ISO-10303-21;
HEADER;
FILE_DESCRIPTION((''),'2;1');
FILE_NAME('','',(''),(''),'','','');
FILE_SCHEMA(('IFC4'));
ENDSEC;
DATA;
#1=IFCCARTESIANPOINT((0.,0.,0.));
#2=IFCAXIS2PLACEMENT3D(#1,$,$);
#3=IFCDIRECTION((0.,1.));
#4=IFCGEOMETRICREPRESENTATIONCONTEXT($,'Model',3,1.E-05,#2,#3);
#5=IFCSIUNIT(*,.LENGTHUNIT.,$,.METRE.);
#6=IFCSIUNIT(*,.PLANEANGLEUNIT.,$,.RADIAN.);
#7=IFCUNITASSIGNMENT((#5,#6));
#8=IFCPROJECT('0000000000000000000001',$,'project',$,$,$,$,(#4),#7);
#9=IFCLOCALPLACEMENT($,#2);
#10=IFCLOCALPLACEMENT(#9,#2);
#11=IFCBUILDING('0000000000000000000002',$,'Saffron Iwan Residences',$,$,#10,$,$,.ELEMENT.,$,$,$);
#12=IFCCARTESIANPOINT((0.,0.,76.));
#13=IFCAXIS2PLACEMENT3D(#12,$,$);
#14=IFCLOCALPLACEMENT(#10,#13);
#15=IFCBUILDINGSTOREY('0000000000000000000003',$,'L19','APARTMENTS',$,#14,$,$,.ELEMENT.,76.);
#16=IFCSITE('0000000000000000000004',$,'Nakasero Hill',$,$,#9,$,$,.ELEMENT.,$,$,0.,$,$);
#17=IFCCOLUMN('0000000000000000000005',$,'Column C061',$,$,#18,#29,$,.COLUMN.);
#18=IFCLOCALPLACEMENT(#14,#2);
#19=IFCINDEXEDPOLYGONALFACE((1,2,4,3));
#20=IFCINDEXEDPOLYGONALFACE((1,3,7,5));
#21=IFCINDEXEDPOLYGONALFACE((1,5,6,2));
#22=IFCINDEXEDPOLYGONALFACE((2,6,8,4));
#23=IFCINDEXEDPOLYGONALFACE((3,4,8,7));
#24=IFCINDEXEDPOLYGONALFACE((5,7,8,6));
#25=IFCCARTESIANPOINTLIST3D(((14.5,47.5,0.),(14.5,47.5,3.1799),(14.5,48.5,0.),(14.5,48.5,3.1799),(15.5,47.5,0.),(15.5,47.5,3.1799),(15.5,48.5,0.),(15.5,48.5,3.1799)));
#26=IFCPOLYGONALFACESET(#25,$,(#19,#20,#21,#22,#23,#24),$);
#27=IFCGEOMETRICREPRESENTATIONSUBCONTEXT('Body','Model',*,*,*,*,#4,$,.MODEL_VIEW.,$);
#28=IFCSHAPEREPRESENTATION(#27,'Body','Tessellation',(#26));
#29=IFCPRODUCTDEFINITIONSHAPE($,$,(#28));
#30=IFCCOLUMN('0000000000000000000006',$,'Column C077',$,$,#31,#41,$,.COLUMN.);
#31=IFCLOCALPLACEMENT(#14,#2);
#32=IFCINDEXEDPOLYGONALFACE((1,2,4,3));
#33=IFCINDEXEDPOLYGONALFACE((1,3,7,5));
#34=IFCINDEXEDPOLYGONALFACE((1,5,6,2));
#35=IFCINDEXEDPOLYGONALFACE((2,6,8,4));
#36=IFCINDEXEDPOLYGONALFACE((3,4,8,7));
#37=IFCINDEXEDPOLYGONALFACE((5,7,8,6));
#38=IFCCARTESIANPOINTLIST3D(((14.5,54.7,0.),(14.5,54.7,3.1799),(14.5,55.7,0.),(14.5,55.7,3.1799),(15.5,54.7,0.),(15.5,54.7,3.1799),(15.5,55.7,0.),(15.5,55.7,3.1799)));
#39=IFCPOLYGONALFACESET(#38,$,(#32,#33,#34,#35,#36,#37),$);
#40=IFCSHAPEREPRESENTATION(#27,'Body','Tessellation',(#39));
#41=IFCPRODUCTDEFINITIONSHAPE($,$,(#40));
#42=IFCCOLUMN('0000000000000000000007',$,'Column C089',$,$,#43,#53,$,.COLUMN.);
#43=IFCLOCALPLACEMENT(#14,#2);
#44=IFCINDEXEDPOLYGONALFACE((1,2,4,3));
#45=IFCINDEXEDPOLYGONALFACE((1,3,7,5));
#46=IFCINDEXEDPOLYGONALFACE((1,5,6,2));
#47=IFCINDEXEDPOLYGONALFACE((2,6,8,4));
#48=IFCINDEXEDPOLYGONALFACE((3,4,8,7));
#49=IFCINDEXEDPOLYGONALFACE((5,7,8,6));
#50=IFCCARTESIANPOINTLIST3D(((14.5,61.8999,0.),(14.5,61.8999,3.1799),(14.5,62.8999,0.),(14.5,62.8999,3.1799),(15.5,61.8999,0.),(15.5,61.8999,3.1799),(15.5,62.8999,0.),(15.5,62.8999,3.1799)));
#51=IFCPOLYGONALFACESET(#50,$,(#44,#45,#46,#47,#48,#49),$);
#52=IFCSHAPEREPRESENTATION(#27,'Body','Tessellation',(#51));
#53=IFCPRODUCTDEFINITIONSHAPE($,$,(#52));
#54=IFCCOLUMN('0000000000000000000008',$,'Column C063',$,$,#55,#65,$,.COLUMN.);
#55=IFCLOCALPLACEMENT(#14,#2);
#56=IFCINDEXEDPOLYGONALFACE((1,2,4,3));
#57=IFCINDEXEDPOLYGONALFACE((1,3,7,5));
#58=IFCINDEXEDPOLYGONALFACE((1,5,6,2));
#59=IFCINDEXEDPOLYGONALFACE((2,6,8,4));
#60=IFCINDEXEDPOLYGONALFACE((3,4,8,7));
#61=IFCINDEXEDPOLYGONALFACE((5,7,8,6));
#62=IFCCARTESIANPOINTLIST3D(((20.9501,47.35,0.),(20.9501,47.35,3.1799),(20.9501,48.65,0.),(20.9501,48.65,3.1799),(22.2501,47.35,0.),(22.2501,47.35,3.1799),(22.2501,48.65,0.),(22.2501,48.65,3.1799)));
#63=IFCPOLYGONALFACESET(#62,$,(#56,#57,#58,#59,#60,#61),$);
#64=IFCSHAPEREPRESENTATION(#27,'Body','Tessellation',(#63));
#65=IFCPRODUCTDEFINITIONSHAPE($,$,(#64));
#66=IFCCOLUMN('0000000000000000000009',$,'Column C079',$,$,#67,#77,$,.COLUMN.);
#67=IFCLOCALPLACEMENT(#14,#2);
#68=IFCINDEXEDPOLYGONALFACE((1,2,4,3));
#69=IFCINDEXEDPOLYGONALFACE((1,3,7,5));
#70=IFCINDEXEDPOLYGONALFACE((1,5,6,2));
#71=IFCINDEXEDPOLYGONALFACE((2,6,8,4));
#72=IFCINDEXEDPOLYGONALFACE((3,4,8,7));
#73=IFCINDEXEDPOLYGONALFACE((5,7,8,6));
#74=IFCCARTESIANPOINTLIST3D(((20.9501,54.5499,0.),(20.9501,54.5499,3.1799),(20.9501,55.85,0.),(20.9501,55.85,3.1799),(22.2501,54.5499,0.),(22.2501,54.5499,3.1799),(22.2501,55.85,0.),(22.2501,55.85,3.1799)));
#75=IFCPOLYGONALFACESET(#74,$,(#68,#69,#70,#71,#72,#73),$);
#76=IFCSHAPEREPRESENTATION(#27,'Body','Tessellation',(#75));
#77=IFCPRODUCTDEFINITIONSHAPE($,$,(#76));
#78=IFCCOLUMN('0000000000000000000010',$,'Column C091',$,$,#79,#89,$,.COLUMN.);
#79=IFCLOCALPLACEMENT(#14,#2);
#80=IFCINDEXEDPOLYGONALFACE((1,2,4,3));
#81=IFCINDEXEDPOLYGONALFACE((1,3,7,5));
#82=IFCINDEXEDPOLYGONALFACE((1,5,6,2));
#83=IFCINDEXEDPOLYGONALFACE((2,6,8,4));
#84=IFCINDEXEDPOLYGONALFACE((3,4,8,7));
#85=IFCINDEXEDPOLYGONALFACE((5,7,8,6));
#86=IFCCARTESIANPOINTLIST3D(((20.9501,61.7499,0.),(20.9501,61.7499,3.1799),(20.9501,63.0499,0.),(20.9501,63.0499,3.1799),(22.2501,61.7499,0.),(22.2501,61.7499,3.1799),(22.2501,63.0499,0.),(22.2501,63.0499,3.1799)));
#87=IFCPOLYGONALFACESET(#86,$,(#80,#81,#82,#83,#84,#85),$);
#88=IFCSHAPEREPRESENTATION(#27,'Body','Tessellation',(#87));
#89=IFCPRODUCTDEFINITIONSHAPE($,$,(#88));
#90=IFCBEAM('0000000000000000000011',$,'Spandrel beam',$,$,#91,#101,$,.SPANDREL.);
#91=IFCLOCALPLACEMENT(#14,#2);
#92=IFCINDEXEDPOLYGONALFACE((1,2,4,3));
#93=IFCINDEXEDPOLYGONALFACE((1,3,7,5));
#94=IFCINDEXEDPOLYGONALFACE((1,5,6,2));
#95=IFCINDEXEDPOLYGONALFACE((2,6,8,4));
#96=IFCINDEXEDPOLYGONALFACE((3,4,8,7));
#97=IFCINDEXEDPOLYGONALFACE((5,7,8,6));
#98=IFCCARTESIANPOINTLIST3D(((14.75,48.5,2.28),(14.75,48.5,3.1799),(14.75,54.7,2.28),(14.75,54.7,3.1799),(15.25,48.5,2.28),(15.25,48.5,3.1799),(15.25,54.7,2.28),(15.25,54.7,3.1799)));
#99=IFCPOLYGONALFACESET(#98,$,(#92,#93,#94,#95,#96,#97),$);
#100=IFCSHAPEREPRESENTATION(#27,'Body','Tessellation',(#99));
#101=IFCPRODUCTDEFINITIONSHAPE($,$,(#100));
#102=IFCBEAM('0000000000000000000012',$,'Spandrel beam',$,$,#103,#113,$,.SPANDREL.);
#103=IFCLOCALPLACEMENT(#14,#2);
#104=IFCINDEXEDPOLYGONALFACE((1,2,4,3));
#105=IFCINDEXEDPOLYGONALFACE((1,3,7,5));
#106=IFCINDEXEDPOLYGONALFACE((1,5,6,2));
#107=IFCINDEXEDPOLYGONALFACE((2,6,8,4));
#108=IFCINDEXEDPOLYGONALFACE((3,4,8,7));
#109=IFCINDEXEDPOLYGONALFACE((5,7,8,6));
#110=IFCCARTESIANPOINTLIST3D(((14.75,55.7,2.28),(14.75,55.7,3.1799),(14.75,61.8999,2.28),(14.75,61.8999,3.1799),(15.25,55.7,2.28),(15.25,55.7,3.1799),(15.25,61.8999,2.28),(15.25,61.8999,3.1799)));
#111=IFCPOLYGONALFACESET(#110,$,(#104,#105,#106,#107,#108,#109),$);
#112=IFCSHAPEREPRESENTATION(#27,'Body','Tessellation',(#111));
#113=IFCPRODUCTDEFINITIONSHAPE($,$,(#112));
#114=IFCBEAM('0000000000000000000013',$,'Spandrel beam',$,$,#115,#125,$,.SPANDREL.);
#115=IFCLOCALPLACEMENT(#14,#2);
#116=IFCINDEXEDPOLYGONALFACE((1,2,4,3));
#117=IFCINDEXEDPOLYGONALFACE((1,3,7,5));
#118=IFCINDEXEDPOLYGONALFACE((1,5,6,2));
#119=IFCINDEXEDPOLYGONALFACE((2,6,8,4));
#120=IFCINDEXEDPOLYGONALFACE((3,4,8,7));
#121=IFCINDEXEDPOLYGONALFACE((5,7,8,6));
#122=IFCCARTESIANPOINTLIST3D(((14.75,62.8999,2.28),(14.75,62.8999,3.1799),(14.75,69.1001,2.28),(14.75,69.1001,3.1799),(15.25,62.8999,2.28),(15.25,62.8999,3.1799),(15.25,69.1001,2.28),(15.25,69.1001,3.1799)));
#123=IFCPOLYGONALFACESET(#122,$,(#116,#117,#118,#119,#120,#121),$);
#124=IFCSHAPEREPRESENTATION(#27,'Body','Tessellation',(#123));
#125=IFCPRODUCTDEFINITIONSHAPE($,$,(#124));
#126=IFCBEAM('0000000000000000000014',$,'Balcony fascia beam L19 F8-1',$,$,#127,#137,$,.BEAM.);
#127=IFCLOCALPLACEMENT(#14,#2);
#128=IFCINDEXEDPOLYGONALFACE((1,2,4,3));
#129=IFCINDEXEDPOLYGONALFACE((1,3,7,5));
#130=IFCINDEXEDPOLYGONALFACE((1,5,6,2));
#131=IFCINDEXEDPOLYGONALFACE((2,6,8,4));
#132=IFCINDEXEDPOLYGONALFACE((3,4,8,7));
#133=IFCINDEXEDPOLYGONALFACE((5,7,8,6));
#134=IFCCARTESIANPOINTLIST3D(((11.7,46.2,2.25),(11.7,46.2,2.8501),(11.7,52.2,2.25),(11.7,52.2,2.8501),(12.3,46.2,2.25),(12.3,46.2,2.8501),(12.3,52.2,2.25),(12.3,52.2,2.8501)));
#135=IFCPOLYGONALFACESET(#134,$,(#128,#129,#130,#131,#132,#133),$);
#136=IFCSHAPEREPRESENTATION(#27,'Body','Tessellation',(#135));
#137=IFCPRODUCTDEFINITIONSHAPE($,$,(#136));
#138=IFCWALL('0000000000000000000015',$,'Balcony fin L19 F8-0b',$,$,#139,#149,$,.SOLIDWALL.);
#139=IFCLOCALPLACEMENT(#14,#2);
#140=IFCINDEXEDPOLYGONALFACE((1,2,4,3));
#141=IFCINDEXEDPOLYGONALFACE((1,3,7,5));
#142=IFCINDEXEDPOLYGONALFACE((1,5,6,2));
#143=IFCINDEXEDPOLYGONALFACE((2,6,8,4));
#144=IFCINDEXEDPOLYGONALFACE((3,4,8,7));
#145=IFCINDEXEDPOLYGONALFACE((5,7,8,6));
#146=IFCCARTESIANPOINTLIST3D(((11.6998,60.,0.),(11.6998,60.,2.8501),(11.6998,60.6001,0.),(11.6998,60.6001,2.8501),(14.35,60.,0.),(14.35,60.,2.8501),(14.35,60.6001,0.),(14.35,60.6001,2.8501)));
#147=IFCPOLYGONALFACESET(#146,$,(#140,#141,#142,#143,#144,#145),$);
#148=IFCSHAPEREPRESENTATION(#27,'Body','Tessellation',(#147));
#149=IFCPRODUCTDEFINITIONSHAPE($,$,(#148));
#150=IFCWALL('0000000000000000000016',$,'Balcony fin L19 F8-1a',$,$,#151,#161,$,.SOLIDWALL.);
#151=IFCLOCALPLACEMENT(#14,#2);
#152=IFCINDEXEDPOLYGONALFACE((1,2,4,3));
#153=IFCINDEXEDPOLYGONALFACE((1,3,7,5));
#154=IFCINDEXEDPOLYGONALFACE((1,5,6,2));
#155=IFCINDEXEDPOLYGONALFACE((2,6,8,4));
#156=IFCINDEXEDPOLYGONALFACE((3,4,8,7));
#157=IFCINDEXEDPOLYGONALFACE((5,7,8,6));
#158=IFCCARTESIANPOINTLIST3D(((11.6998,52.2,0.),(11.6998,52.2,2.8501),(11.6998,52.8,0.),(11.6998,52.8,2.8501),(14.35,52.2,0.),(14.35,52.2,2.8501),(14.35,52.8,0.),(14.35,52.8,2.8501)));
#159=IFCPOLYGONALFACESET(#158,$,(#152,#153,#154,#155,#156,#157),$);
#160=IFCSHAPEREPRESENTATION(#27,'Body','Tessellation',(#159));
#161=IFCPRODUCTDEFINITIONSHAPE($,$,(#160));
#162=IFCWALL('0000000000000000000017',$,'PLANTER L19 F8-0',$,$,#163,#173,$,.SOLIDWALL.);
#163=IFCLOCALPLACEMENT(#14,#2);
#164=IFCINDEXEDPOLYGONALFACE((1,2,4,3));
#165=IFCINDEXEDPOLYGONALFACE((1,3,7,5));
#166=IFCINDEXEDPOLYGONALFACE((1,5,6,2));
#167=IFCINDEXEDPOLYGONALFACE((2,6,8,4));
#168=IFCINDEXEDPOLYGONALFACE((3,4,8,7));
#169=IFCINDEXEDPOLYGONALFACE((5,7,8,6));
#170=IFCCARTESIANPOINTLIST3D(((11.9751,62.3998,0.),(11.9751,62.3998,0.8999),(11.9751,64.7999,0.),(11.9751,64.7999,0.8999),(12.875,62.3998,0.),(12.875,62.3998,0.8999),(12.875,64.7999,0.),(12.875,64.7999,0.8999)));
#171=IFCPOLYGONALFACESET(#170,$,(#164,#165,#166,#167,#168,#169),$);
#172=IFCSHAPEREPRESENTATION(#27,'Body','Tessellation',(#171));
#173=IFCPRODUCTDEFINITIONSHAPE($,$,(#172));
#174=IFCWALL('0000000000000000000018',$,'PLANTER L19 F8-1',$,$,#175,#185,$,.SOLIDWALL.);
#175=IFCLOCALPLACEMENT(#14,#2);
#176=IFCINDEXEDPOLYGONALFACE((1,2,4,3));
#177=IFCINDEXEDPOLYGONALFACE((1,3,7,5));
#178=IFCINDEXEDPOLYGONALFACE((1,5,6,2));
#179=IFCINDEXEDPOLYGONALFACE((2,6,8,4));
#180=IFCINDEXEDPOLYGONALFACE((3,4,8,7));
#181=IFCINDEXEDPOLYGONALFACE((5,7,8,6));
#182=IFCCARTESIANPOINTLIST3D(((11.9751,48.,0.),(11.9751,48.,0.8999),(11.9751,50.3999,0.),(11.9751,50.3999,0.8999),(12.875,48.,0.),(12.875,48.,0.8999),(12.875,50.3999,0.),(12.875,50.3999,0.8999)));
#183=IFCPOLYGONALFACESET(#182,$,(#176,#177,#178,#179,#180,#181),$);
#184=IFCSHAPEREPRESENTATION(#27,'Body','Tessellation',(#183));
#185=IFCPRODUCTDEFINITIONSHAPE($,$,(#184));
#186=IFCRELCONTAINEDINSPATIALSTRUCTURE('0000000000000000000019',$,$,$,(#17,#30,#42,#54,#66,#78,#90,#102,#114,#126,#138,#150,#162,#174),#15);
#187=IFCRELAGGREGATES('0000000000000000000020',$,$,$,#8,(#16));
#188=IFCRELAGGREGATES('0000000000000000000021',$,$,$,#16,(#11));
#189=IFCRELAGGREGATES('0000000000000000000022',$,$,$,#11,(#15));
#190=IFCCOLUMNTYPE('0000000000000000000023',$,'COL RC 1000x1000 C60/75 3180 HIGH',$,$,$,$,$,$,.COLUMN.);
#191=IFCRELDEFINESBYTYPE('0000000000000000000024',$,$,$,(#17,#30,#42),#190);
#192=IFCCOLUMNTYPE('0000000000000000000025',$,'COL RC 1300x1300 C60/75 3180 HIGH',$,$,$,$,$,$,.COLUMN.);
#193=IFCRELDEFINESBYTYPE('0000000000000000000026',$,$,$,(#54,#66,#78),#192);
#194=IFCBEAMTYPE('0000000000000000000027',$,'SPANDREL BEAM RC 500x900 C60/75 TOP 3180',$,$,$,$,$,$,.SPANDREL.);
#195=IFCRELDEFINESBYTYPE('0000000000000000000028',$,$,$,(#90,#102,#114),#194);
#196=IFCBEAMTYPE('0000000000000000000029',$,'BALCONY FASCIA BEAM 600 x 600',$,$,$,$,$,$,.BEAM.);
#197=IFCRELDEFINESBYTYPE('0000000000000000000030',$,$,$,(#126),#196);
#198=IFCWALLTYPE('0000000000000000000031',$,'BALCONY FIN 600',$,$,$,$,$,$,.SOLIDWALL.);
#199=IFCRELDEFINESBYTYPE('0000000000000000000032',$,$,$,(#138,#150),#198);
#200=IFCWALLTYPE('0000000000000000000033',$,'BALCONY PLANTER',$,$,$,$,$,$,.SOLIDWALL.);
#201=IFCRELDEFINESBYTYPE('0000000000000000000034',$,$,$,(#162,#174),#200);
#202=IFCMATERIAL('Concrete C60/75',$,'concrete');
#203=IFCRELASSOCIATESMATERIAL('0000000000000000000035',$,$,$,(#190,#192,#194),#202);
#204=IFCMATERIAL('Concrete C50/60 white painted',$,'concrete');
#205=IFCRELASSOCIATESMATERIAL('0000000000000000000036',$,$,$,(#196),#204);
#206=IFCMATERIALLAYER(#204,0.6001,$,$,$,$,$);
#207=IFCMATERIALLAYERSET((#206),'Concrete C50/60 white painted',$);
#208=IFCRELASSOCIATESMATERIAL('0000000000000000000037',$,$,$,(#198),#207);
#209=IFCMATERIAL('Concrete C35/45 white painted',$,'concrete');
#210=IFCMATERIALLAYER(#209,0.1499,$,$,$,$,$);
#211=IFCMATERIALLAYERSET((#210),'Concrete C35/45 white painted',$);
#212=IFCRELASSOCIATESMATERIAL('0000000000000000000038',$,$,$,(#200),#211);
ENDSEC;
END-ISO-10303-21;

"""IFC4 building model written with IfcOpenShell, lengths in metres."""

from ifc_helpers import new_model, si_unit, direction, frame, frame_2d, origin, origin_2d, place, context, subcontext, project, spatial, rectangle, extrude, source, transform, mapped, material, layer, layer_set, material_profile, profile_set, type_object, element, save


model = new_model("IFC4")

# Units and contexts
model_context = context("Model", 3, precision=1e-05, world=origin(), true_north=direction((0.0, 1.0)))
body_context = subcontext(model_context, "Body", "Model", "MODEL_VIEW")
ifc_project = project(units=[si_unit("LENGTHUNIT", "METRE"), si_unit("PLANEANGLEUNIT", "RADIAN")], contexts=[model_context])

# Site, building, storey
site_placement = place(None, origin())
site = spatial("IfcSite", under=ifc_project, at=site_placement, Name="Nakasero Hill", CompositionType="ELEMENT", RefElevation=0.0)
building_placement = place(site_placement, origin())
building = spatial("IfcBuilding", under=site, at=building_placement, Name="Saffron Iwan Residences", CompositionType="ELEMENT")
storey_placement = place(building_placement, frame((0.0, 0.0, 76.0)))
storey = spatial("IfcBuildingStorey", under=building, at=storey_placement, Name="L19", Description="APARTMENTS", CompositionType="ELEMENT", Elevation=76.0)

# Columns
ifc_material_1 = material(Name="Concrete C60/75", Category="concrete")
ifc_material_profile_1 = material_profile(ifc_material_1, rectangle(XDim=1.0, YDim=1.0, at=origin_2d()), Name="RC 1000x1000")
ifc_profile_set_1 = profile_set([ifc_material_profile_1], Name="Concrete C60/75")
column_type_1 = type_object("IfcColumnType", Name="COL RC 1000x1000 C60/75 3180 HIGH", PredefinedType="COLUMN", material=ifc_profile_set_1)
shared_shape_1 = source(origin(), body_context, "Body", "SweptSolid", [
    extrude(rectangle(XDim=1.0, YDim=1.0, at=origin_2d()), origin(), (0.0, 0.0, 1.0), 3.1799),
])
for number, where, z_axis, x_axis, name in (
    (1, (15.0, 48.0, 0.0), (0.0, 0.0, 1.0), (1.0, 0.0, 0.0), "Column C061"),
    (2, (15.0, 55.2, 0.0), (0.0, 0.0, 1.0), (1.0, 0.0, 0.0), "Column C077"),
    (3, (15.0, 62.3999, 0.0), (0.0, 0.0, 1.0), (1.0, 0.0, 0.0), "Column C089"),
):
    element("IfcColumn", number, at=place(storey_placement, frame(where, z_axis=z_axis, x_axis=x_axis)), inside=storey, type_object=column_type_1, Name=name, PredefinedType="COLUMN", context=body_context, shape_type="MappedRepresentation", body=[
        mapped(shared_shape_1, transform((0.0, 0.0, 0.0))),
    ])
ifc_material_profile_2 = material_profile(ifc_material_1, rectangle(XDim=1.3, YDim=1.3, at=origin_2d()), Name="RC 1300x1300")
ifc_profile_set_2 = profile_set([ifc_material_profile_2], Name="Concrete C60/75")
column_type_2 = type_object("IfcColumnType", Name="COL RC 1300x1300 C60/75 3180 HIGH", PredefinedType="COLUMN", material=ifc_profile_set_2)
shared_shape_2 = source(origin(), body_context, "Body", "SweptSolid", [
    extrude(rectangle(XDim=1.3, YDim=1.3, at=origin_2d()), origin(), (0.0, 0.0, 1.0), 3.1799),
])
for number, where, z_axis, x_axis, name in (
    (4, (21.6001, 48.0, 0.0), (0.0, 0.0, 1.0), (1.0, 0.0, 0.0), "Column C063"),
    (5, (21.6001, 55.2, 0.0), (0.0, 0.0, 1.0), (1.0, 0.0, 0.0), "Column C079"),
    (6, (21.6001, 62.3999, 0.0), (0.0, 0.0, 1.0), (1.0, 0.0, 0.0), "Column C091"),
):
    element("IfcColumn", number, at=place(storey_placement, frame(where, z_axis=z_axis, x_axis=x_axis)), inside=storey, type_object=column_type_2, Name=name, PredefinedType="COLUMN", context=body_context, shape_type="MappedRepresentation", body=[
        mapped(shared_shape_2, transform((0.0, 0.0, 0.0))),
    ])

# Beams
ifc_material_profile_3 = material_profile(ifc_material_1, rectangle(XDim=0.5, YDim=0.8999, at=origin_2d()), Name="RC 500x900")
ifc_profile_set_3 = profile_set([ifc_material_profile_3], Name="Concrete C60/75")
beam_type_1 = type_object("IfcBeamType", Name="SPANDREL BEAM RC 500x900 C60/75 TOP 3180", PredefinedType="SPANDREL", material=ifc_profile_set_3)
shared_shape_3 = source(origin(), body_context, "Body", "SweptSolid", [
    extrude(rectangle(XDim=0.5, YDim=0.8999, at=origin_2d()), origin(), (0.0, 0.0, 1.0), 6.2),
])
for number, where, z_axis, x_axis, name in (
    (7, (15.0, 48.5, 2.73), (0.0, 1.0, 0.0), (-1.0, 0.0, 0.0), "Spandrel beam"),
    (8, (15.0, 55.7, 2.73), (0.0, 1.0, 0.0), (-1.0, 0.0, 0.0), "Spandrel beam"),
):
    element("IfcBeam", number, at=place(storey_placement, frame(where, z_axis=z_axis, x_axis=x_axis)), inside=storey, type_object=beam_type_1, Name=name, PredefinedType="SPANDREL", context=body_context, shape_type="MappedRepresentation", body=[
        mapped(shared_shape_3, transform((0.0, 0.0, 0.0))),
    ])
shared_shape_4 = source(origin(), body_context, "Body", "SweptSolid", [
    extrude(rectangle(XDim=0.5, YDim=0.8999, at=origin_2d()), origin(), (0.0, 0.0, 1.0), 6.2002),
])
beam_1_placement = place(storey_placement, frame((15.0, 62.8999, 2.73), z_axis=(0.0, 1.0, 0.0), x_axis=(-1.0, 0.0, 0.0)))
element("IfcBeam", 9, at=beam_1_placement, inside=storey, type_object=beam_type_1, Name="Spandrel beam", PredefinedType="SPANDREL", context=body_context, shape_type="MappedRepresentation", body=[
    mapped(shared_shape_4, transform((0.0, 0.0, 0.0))),
])
ifc_material_2 = material(Name="Concrete C50/60 white painted", Category="concrete")
ifc_material_profile_4 = material_profile(ifc_material_2, rectangle(XDim=0.6001, YDim=0.6001, at=origin_2d()), Name="BALCONY FASCIA BEAM 600 x 600")
ifc_profile_set_4 = profile_set([ifc_material_profile_4], Name="Concrete C50/60 white painted")
beam_type_2 = type_object("IfcBeamType", Name="BALCONY FASCIA BEAM 600 x 600", PredefinedType="BEAM", material=ifc_profile_set_4)
shared_shape_5 = source(origin(), body_context, "Body", "SweptSolid", [
    extrude(rectangle(XDim=0.6001, YDim=0.6001, at=origin_2d()), origin(), (0.0, 0.0, 1.0), 6.0),
])
beam_2_placement = place(storey_placement, frame((12.0, 52.2, 2.55), z_axis=(0.0, -1.0, 0.0), x_axis=(1.0, 0.0, 0.0)))
element("IfcBeam", 10, at=beam_2_placement, inside=storey, type_object=beam_type_2, Name="Balcony fascia beam L19 F8-1", PredefinedType="BEAM", context=body_context, shape_type="MappedRepresentation", body=[
    mapped(shared_shape_5, transform((0.0, 0.0, 0.0))),
])

# Walls
ifc_layer_1 = layer(ifc_material_2, 0.6001)
ifc_layer_set_1 = layer_set([ifc_layer_1], Name="Concrete C50/60 white painted")
wall_type_1 = type_object("IfcWallType", Name="BALCONY FIN 600", PredefinedType="SOLIDWALL", material=ifc_layer_set_1)
for number, where, z_axis, x_axis, name in (
    (11, (14.3501, 60.3, 0.0), (0.0, 0.0, 1.0), (-1.0, 0.0, 0.0), "Balcony fin L19 F8-0b"),
    (12, (14.3501, 52.5, 0.0), (0.0, 0.0, 1.0), (-1.0, 0.0, 0.0), "Balcony fin L19 F8-1a"),
):
    element("IfcWall", number, at=place(storey_placement, frame(where, z_axis=z_axis, x_axis=x_axis)), inside=storey, type_object=wall_type_1, Name=name, PredefinedType="SOLIDWALL", context=body_context, shape_type="SweptSolid", body=[
        extrude(rectangle(XDim=2.6501, YDim=0.6001, at=frame_2d((1.3252, 0.0))), origin(), (0.0, 0.0, 1.0), 2.8501),
    ])
ifc_material_3 = material(Name="Concrete C35/45 white painted", Category="concrete")
ifc_layer_2 = layer(ifc_material_3, 0.1499)
ifc_layer_set_2 = layer_set([ifc_layer_2], Name="Concrete C35/45 white painted")
wall_type_2 = type_object("IfcWallType", Name="BALCONY PLANTER", PredefinedType="SOLIDWALL", material=ifc_layer_set_2)
wall_1_placement = place(storey_placement, frame((12.425, 64.8, 0.0), z_axis=(0.0, 0.0, 1.0), x_axis=(0.0, -1.0, 0.0)))
element("IfcWall", 13, at=wall_1_placement, inside=storey, type_object=wall_type_2, Name="PLANTER L19 F8-0", PredefinedType="SOLIDWALL", context=body_context, shape_type="SweptSolid", body=[
    extrude(rectangle(XDim=2.4001, YDim=0.8999, at=frame_2d((1.2002, 0.0))), origin(), (0.0, 0.0, 1.0), 0.8999),
])
wall_2_placement = place(storey_placement, frame((12.425, 50.3999, 0.0), z_axis=(0.0, 0.0, 1.0), x_axis=(0.0, -1.0, 0.0)))
element("IfcWall", 14, at=wall_2_placement, inside=storey, type_object=wall_type_2, Name="PLANTER L19 F8-1", PredefinedType="SOLIDWALL", context=body_context, shape_type="SweptSolid", body=[
    extrude(rectangle(XDim=2.3999, YDim=0.8999, at=frame_2d((1.2, 0.0))), origin(), (0.0, 0.0, 1.0), 0.8999),
])

save(model, "model.ifc")
